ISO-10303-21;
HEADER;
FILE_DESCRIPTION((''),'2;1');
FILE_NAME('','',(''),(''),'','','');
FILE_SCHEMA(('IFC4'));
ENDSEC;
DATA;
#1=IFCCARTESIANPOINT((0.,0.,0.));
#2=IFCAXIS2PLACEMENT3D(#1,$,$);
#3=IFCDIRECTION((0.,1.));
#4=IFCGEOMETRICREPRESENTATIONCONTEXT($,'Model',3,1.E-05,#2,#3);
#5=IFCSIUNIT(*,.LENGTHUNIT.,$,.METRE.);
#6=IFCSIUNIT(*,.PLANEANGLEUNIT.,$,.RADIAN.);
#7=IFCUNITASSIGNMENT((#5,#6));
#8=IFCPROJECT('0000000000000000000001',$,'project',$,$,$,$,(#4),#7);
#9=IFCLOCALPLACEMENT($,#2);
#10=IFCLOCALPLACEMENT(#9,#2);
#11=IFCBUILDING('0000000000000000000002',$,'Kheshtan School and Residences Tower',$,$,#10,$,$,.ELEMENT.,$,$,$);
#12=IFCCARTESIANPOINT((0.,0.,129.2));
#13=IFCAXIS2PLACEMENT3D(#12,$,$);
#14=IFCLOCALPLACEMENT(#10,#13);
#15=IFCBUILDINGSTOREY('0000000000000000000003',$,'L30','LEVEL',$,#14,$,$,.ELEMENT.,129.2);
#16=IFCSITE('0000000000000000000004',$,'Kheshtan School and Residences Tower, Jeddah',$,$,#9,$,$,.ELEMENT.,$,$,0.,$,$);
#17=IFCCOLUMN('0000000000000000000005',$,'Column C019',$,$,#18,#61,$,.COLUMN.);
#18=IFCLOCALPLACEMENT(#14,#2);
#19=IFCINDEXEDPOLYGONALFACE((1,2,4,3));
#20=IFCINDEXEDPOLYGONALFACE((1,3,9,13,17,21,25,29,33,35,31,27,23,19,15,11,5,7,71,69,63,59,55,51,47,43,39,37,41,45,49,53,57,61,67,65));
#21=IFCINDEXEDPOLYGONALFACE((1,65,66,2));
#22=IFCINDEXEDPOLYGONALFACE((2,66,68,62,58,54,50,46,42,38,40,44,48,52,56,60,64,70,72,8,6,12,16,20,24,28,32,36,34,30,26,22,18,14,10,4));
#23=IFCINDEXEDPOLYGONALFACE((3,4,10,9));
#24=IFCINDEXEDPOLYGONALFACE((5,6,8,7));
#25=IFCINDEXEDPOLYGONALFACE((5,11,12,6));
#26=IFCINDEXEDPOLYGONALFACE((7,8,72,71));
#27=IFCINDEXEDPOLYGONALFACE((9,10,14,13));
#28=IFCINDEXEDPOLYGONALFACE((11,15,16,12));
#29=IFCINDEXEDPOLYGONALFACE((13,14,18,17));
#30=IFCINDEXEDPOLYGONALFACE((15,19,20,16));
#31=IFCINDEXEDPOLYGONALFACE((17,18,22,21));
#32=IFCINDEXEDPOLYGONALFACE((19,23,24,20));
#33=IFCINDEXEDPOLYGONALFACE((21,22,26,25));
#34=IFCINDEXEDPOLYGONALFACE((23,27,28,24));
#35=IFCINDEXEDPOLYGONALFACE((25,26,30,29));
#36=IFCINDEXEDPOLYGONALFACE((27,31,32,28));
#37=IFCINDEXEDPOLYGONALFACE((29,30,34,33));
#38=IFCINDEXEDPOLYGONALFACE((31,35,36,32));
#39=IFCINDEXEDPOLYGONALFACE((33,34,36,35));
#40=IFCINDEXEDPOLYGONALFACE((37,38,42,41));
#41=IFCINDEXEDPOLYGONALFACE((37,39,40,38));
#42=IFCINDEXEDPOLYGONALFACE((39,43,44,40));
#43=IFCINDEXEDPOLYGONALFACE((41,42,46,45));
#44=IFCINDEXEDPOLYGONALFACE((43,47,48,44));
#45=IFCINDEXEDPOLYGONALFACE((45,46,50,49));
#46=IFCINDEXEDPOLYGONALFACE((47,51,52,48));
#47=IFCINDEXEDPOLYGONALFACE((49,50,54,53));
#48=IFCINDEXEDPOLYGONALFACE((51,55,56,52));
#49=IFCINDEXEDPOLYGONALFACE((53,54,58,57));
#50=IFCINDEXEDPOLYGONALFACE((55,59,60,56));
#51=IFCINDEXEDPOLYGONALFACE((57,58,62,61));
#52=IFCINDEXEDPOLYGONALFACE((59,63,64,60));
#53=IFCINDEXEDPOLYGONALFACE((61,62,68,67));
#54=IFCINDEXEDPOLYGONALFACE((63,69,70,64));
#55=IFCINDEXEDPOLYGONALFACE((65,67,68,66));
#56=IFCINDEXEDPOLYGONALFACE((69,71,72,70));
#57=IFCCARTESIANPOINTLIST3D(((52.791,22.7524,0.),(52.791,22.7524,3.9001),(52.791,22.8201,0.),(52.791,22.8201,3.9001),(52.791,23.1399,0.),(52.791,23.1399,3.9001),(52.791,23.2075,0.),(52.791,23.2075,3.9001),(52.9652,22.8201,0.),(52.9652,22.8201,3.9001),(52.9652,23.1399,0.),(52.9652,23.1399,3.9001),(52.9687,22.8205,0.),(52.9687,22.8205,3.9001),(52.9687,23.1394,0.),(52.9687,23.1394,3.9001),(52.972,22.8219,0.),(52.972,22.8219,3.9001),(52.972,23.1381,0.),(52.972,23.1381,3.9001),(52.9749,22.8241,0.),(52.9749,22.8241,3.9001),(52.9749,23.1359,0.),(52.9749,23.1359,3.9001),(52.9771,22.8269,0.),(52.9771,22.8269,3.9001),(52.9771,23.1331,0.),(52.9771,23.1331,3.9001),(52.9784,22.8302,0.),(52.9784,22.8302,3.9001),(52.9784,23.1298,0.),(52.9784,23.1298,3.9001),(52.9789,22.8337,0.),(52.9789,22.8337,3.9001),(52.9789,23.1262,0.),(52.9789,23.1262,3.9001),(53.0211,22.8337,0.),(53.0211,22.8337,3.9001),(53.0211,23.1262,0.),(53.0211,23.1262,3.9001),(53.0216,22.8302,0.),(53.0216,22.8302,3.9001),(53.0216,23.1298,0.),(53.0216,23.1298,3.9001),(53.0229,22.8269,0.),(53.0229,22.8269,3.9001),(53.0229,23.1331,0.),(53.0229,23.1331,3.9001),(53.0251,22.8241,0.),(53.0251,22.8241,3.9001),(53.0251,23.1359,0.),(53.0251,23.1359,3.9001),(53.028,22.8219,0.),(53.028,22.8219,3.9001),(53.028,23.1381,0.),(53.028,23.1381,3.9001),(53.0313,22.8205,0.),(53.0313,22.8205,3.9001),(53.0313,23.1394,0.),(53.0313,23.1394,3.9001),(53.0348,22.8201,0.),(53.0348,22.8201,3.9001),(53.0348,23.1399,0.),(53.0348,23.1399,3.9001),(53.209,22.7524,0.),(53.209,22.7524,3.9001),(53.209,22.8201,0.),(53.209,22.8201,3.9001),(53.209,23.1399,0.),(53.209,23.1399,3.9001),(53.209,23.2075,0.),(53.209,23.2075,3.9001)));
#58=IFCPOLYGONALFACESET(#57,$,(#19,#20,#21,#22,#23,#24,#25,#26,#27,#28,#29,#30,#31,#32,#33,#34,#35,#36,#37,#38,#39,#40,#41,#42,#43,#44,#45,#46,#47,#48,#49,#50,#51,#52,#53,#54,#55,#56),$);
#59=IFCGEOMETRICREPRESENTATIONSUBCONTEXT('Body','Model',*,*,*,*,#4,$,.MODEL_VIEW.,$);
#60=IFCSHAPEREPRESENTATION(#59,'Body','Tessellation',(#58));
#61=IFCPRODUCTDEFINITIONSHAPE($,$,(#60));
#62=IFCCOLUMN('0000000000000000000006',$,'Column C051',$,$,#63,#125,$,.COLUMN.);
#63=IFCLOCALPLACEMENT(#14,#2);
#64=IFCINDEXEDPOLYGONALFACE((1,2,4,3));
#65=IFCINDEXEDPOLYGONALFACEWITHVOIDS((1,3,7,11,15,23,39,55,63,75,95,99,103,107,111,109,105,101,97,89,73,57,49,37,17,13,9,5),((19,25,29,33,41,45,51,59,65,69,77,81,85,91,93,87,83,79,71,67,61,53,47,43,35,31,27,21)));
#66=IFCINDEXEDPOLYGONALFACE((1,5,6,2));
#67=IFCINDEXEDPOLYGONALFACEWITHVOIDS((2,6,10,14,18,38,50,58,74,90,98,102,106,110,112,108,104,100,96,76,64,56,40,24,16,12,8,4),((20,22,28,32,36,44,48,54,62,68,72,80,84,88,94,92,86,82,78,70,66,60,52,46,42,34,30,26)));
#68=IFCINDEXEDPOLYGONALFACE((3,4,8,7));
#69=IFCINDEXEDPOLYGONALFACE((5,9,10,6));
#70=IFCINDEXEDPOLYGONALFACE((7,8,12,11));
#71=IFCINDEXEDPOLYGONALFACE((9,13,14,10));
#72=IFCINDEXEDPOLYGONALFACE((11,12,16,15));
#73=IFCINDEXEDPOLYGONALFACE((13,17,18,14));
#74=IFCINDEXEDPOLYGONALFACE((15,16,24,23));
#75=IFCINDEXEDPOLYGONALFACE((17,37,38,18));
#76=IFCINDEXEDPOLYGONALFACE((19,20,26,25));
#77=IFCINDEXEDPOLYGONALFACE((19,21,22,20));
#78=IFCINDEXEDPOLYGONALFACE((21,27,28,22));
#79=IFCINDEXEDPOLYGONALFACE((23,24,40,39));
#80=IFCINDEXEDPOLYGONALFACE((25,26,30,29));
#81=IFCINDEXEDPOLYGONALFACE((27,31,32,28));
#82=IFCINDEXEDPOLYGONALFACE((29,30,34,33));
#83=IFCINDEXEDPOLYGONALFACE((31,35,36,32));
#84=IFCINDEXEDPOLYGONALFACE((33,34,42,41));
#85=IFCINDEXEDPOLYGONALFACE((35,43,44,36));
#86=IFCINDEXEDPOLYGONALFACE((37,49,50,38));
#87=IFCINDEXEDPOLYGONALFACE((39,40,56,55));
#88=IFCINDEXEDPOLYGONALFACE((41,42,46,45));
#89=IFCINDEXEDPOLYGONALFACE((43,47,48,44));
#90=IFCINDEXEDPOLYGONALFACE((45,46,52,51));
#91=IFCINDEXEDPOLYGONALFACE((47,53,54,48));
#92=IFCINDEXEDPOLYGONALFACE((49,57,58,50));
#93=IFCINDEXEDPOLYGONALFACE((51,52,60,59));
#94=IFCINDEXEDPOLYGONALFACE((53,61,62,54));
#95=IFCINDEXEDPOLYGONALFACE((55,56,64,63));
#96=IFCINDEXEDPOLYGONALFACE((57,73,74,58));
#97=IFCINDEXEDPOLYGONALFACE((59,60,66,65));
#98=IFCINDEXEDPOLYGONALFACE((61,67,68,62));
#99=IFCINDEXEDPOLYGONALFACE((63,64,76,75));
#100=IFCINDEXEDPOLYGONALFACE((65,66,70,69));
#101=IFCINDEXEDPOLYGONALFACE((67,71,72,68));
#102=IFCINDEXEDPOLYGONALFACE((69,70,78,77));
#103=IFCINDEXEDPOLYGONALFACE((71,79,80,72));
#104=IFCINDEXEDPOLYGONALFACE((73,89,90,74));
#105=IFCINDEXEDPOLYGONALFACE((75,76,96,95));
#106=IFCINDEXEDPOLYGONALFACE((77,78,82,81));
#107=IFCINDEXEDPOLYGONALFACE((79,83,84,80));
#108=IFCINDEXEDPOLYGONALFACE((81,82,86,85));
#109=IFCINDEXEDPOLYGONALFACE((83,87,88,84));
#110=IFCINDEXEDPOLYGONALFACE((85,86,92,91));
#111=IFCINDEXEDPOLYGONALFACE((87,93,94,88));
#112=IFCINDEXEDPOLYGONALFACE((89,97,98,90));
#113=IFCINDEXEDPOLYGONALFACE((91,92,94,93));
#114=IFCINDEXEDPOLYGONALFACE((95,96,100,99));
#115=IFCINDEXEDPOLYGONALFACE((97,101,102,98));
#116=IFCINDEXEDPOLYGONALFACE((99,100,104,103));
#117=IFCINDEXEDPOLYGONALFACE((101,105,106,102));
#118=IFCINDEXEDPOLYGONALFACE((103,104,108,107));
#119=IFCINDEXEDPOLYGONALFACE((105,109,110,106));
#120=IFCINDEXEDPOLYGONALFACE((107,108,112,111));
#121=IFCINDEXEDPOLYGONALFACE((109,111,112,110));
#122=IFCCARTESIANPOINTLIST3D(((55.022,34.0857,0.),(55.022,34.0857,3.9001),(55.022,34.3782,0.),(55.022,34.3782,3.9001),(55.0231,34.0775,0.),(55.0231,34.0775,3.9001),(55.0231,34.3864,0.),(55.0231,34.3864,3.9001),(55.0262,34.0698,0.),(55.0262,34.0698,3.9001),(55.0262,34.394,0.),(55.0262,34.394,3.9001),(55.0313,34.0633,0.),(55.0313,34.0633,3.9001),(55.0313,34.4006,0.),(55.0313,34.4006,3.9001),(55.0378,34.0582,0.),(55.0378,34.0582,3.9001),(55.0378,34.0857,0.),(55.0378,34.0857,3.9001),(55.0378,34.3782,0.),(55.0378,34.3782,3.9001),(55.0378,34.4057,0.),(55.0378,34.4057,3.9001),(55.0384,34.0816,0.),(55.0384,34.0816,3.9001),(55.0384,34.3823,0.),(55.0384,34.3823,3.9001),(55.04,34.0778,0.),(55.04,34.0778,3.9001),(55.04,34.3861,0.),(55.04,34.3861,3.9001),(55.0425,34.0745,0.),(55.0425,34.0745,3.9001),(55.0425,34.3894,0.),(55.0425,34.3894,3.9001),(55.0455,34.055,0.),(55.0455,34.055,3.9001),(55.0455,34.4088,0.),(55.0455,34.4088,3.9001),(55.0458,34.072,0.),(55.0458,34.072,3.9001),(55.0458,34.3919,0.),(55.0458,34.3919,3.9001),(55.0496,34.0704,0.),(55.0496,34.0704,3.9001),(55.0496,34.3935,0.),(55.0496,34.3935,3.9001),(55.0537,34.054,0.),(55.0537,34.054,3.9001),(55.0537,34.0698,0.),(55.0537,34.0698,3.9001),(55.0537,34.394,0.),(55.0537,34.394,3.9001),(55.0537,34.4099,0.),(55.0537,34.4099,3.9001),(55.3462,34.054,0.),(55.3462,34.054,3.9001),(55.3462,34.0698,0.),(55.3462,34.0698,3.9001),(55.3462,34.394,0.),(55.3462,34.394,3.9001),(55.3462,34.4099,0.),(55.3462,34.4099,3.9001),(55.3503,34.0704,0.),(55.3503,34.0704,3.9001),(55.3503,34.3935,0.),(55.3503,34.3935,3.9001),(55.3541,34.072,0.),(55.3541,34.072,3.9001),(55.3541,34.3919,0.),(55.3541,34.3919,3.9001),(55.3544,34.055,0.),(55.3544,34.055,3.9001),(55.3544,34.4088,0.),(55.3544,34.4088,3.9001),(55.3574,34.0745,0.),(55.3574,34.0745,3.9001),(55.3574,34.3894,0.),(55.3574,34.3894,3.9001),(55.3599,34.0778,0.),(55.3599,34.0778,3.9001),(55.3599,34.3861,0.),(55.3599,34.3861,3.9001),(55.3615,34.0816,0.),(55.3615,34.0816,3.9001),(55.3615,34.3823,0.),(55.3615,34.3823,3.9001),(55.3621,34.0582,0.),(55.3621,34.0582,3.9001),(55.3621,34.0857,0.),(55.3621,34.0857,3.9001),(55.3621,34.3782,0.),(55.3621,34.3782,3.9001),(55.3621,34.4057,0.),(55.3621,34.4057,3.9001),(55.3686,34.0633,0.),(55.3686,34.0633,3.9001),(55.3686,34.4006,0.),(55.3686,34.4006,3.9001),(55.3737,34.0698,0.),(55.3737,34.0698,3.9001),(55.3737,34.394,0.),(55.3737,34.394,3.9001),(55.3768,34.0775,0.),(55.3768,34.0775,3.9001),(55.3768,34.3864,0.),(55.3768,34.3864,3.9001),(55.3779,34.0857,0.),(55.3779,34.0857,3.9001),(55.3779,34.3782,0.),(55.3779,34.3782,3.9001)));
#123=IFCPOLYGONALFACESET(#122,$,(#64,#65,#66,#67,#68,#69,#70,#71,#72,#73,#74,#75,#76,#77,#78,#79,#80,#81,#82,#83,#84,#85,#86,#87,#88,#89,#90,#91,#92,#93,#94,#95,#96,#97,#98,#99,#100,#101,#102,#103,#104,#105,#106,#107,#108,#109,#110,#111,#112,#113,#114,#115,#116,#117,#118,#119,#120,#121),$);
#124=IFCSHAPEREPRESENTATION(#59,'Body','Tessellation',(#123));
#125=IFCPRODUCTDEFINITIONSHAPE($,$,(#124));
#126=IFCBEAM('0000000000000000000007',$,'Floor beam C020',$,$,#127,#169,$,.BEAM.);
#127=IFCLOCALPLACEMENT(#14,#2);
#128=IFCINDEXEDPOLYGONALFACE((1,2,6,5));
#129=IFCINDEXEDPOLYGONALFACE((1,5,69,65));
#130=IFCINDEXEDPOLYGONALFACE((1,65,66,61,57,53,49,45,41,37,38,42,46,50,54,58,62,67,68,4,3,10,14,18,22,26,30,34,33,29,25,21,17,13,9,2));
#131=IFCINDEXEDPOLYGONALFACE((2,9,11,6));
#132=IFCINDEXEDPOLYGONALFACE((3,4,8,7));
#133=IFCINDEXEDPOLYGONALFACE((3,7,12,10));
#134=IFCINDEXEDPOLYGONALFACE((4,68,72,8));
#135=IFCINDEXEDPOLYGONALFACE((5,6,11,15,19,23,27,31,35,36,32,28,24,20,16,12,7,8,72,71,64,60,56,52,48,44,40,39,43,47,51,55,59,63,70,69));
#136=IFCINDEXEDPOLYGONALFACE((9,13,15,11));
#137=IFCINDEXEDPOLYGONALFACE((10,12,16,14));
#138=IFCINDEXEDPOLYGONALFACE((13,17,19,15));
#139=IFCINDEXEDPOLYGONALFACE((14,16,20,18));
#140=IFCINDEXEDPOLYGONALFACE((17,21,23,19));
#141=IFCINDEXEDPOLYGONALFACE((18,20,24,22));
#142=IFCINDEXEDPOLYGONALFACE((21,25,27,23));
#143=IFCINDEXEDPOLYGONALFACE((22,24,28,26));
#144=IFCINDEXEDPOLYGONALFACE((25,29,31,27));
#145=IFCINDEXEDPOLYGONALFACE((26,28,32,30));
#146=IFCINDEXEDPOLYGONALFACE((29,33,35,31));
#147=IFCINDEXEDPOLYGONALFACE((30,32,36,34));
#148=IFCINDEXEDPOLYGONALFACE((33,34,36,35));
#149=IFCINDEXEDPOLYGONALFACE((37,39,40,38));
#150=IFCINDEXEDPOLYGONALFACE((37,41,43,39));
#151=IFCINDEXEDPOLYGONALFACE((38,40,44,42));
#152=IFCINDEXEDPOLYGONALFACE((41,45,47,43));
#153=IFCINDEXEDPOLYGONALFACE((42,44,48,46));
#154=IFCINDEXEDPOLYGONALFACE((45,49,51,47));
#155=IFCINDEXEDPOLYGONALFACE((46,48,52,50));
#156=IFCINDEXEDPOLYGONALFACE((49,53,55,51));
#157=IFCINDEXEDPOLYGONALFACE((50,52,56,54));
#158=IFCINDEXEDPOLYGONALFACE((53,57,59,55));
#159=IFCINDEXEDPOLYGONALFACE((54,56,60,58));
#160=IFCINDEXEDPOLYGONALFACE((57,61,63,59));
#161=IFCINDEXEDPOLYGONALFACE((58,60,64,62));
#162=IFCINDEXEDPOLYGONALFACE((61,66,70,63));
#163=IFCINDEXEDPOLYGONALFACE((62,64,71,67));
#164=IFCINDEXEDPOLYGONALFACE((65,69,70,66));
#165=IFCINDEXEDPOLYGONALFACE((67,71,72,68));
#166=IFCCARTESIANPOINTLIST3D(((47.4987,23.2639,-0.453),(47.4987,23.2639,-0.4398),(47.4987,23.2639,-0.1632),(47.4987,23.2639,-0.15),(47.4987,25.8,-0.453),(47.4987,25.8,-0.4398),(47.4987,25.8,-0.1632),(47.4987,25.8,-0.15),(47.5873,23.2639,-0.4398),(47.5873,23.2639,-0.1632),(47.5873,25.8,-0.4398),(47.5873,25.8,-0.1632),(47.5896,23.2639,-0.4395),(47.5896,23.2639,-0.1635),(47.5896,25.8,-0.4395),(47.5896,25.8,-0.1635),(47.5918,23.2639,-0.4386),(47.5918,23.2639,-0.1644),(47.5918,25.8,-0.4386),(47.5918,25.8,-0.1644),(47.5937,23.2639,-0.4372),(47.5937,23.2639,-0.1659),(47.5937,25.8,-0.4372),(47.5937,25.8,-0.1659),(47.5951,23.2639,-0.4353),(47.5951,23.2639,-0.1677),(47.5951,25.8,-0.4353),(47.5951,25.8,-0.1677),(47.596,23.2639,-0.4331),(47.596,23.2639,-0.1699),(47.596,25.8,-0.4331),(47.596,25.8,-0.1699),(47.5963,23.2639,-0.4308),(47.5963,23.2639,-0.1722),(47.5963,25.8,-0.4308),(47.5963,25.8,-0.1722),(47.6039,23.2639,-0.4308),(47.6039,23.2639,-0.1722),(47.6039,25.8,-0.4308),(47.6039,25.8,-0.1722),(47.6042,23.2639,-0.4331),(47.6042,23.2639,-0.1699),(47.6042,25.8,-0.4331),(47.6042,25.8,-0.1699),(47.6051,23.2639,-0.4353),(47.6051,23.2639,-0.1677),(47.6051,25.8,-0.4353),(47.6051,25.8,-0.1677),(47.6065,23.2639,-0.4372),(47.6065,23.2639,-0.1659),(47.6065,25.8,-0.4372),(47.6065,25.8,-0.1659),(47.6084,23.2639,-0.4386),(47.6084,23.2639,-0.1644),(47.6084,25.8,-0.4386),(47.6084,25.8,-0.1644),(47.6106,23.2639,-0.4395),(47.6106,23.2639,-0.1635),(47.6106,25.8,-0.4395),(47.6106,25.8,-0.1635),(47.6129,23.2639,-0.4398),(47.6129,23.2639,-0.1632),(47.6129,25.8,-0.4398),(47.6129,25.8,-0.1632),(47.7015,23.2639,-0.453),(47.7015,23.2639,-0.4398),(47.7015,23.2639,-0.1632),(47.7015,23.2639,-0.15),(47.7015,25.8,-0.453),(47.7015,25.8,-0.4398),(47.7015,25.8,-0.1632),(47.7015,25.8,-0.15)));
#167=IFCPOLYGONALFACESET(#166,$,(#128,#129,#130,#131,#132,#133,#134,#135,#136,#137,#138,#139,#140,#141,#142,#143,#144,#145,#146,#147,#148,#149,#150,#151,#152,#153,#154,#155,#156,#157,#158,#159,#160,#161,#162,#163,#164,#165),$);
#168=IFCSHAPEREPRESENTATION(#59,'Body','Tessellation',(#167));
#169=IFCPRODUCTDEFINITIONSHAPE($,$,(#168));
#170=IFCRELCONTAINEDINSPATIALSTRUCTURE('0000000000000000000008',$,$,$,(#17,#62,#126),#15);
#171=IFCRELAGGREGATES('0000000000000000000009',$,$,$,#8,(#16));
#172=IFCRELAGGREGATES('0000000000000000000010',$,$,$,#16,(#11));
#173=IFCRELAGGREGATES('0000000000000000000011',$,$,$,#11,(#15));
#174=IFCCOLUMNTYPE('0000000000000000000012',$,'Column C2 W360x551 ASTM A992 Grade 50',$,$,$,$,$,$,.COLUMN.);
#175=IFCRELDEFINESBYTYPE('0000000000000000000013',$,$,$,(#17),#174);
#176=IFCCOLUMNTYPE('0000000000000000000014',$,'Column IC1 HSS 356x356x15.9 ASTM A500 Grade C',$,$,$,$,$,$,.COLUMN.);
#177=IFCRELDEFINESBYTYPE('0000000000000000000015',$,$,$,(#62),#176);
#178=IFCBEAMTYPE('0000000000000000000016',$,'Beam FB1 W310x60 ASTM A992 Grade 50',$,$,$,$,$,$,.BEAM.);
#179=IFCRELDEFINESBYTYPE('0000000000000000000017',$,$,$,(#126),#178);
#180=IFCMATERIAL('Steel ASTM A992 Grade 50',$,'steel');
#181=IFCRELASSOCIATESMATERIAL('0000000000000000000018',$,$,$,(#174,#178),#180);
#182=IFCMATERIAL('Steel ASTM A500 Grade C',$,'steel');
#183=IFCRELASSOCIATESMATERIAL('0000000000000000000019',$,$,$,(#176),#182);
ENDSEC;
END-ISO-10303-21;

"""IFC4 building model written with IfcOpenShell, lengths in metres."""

from ifc_helpers import new_model, si_unit, direction, frame, origin, origin_2d, place, context, subcontext, project, spatial, hollow_rectangle, i_section, extrude, material, material_profile, profile_set, type_object, element, save


model = new_model("IFC4")

# Units and contexts
model_context = context("Model", 3, precision=1e-05, world=origin(), true_north=direction((0.0, 1.0)))
body_context = subcontext(model_context, "Body", "Model", "MODEL_VIEW")
ifc_project = project(units=[si_unit("LENGTHUNIT", "METRE"), si_unit("PLANEANGLEUNIT", "RADIAN")], contexts=[model_context])

# Site, building, storey
site_placement = place(None, origin())
site = spatial("IfcSite", under=ifc_project, at=site_placement, Name="Kheshtan School and Residences Tower, Jeddah", CompositionType="ELEMENT", RefElevation=0.0)
building_placement = place(site_placement, origin())
building = spatial("IfcBuilding", under=site, at=building_placement, Name="Kheshtan School and Residences Tower", CompositionType="ELEMENT")
storey_placement = place(building_placement, frame((0.0, 0.0, 129.2)))
storey = spatial("IfcBuildingStorey", under=building, at=storey_placement, Name="L30", Description="LEVEL", CompositionType="ELEMENT", Elevation=129.2)

# Columns
ifc_material_1 = material(Name="Steel ASTM A992 Grade 50", Category="steel")
ifc_material_profile_1 = material_profile(ifc_material_1, i_section(OverallWidth=0.418, OverallDepth=0.4551, WebThickness=0.0422, FlangeThickness=0.0676, FilletRadius=0.0137, at=origin_2d()), Name="W360x551")
ifc_profile_set_1 = profile_set([ifc_material_profile_1], Name="Steel ASTM A992 Grade 50")
column_type_1 = type_object("IfcColumnType", Name="Column C2 W360x551 ASTM A992 Grade 50", PredefinedType="COLUMN", material=ifc_profile_set_1)
column_1_placement = place(storey_placement, frame((53.0, 22.98, 0.0), z_axis=(0.0, 0.0, 1.0), x_axis=(1.0, 0.0, 0.0)))
element("IfcColumn", 1, at=column_1_placement, inside=storey, type_object=column_type_1, Name="Column C019", PredefinedType="COLUMN", context=body_context, shape_type="SweptSolid", body=[
    extrude(i_section(OverallWidth=0.418, OverallDepth=0.4551, WebThickness=0.0422, FlangeThickness=0.0676, FilletRadius=0.0137, at=origin_2d()), origin(), (0.0, 0.0, 1.0), 3.9001),
])
ifc_material_2 = material(Name="Steel ASTM A500 Grade C", Category="steel")
ifc_material_profile_2 = material_profile(ifc_material_2, hollow_rectangle(XDim=0.356, YDim=0.356, WallThickness=0.0159, InnerFilletRadius=0.0159, OuterFilletRadius=0.0317, at=origin_2d()), Name="HSS 356x356x15.9")
ifc_profile_set_2 = profile_set([ifc_material_profile_2], Name="Steel ASTM A500 Grade C")
column_type_2 = type_object("IfcColumnType", Name="Column IC1 HSS 356x356x15.9 ASTM A500 Grade C", PredefinedType="COLUMN", material=ifc_profile_set_2)
column_2_placement = place(storey_placement, frame((55.2, 34.2319, 0.0), z_axis=(0.0, 0.0, 1.0), x_axis=(1.0, 0.0, 0.0)))
element("IfcColumn", 2, at=column_2_placement, inside=storey, type_object=column_type_2, Name="Column C051", PredefinedType="COLUMN", context=body_context, shape_type="SweptSolid", body=[
    extrude(hollow_rectangle(XDim=0.356, YDim=0.356, WallThickness=0.0159, InnerFilletRadius=0.0159, OuterFilletRadius=0.0317, at=origin_2d()), origin(), (0.0, 0.0, 1.0), 3.9001),
])

# Beam
ifc_material_profile_3 = material_profile(ifc_material_1, i_section(OverallWidth=0.2029, OverallDepth=0.303, WebThickness=0.0076, FlangeThickness=0.0132, FilletRadius=0.009, at=origin_2d()), Name="W310x60")
ifc_profile_set_3 = profile_set([ifc_material_profile_3], Name="Steel ASTM A992 Grade 50")
beam_type_1 = type_object("IfcBeamType", Name="Beam FB1 W310x60 ASTM A992 Grade 50", PredefinedType="BEAM", material=ifc_profile_set_3)
beam_1_placement = place(storey_placement, frame((47.6001, 23.2639, -0.3015), z_axis=(0.0, 1.0, 0.0), x_axis=(-1.0, 0.0, 0.0)))
element("IfcBeam", 3, at=beam_1_placement, inside=storey, type_object=beam_type_1, Name="Floor beam C020", PredefinedType="BEAM", context=body_context, shape_type="SweptSolid", body=[
    extrude(i_section(OverallWidth=0.2029, OverallDepth=0.303, WebThickness=0.0076, FlangeThickness=0.0132, FilletRadius=0.009, at=origin_2d()), origin(), (0.0, 0.0, 1.0), 2.5361),
])

save(model, "model.ifc")
